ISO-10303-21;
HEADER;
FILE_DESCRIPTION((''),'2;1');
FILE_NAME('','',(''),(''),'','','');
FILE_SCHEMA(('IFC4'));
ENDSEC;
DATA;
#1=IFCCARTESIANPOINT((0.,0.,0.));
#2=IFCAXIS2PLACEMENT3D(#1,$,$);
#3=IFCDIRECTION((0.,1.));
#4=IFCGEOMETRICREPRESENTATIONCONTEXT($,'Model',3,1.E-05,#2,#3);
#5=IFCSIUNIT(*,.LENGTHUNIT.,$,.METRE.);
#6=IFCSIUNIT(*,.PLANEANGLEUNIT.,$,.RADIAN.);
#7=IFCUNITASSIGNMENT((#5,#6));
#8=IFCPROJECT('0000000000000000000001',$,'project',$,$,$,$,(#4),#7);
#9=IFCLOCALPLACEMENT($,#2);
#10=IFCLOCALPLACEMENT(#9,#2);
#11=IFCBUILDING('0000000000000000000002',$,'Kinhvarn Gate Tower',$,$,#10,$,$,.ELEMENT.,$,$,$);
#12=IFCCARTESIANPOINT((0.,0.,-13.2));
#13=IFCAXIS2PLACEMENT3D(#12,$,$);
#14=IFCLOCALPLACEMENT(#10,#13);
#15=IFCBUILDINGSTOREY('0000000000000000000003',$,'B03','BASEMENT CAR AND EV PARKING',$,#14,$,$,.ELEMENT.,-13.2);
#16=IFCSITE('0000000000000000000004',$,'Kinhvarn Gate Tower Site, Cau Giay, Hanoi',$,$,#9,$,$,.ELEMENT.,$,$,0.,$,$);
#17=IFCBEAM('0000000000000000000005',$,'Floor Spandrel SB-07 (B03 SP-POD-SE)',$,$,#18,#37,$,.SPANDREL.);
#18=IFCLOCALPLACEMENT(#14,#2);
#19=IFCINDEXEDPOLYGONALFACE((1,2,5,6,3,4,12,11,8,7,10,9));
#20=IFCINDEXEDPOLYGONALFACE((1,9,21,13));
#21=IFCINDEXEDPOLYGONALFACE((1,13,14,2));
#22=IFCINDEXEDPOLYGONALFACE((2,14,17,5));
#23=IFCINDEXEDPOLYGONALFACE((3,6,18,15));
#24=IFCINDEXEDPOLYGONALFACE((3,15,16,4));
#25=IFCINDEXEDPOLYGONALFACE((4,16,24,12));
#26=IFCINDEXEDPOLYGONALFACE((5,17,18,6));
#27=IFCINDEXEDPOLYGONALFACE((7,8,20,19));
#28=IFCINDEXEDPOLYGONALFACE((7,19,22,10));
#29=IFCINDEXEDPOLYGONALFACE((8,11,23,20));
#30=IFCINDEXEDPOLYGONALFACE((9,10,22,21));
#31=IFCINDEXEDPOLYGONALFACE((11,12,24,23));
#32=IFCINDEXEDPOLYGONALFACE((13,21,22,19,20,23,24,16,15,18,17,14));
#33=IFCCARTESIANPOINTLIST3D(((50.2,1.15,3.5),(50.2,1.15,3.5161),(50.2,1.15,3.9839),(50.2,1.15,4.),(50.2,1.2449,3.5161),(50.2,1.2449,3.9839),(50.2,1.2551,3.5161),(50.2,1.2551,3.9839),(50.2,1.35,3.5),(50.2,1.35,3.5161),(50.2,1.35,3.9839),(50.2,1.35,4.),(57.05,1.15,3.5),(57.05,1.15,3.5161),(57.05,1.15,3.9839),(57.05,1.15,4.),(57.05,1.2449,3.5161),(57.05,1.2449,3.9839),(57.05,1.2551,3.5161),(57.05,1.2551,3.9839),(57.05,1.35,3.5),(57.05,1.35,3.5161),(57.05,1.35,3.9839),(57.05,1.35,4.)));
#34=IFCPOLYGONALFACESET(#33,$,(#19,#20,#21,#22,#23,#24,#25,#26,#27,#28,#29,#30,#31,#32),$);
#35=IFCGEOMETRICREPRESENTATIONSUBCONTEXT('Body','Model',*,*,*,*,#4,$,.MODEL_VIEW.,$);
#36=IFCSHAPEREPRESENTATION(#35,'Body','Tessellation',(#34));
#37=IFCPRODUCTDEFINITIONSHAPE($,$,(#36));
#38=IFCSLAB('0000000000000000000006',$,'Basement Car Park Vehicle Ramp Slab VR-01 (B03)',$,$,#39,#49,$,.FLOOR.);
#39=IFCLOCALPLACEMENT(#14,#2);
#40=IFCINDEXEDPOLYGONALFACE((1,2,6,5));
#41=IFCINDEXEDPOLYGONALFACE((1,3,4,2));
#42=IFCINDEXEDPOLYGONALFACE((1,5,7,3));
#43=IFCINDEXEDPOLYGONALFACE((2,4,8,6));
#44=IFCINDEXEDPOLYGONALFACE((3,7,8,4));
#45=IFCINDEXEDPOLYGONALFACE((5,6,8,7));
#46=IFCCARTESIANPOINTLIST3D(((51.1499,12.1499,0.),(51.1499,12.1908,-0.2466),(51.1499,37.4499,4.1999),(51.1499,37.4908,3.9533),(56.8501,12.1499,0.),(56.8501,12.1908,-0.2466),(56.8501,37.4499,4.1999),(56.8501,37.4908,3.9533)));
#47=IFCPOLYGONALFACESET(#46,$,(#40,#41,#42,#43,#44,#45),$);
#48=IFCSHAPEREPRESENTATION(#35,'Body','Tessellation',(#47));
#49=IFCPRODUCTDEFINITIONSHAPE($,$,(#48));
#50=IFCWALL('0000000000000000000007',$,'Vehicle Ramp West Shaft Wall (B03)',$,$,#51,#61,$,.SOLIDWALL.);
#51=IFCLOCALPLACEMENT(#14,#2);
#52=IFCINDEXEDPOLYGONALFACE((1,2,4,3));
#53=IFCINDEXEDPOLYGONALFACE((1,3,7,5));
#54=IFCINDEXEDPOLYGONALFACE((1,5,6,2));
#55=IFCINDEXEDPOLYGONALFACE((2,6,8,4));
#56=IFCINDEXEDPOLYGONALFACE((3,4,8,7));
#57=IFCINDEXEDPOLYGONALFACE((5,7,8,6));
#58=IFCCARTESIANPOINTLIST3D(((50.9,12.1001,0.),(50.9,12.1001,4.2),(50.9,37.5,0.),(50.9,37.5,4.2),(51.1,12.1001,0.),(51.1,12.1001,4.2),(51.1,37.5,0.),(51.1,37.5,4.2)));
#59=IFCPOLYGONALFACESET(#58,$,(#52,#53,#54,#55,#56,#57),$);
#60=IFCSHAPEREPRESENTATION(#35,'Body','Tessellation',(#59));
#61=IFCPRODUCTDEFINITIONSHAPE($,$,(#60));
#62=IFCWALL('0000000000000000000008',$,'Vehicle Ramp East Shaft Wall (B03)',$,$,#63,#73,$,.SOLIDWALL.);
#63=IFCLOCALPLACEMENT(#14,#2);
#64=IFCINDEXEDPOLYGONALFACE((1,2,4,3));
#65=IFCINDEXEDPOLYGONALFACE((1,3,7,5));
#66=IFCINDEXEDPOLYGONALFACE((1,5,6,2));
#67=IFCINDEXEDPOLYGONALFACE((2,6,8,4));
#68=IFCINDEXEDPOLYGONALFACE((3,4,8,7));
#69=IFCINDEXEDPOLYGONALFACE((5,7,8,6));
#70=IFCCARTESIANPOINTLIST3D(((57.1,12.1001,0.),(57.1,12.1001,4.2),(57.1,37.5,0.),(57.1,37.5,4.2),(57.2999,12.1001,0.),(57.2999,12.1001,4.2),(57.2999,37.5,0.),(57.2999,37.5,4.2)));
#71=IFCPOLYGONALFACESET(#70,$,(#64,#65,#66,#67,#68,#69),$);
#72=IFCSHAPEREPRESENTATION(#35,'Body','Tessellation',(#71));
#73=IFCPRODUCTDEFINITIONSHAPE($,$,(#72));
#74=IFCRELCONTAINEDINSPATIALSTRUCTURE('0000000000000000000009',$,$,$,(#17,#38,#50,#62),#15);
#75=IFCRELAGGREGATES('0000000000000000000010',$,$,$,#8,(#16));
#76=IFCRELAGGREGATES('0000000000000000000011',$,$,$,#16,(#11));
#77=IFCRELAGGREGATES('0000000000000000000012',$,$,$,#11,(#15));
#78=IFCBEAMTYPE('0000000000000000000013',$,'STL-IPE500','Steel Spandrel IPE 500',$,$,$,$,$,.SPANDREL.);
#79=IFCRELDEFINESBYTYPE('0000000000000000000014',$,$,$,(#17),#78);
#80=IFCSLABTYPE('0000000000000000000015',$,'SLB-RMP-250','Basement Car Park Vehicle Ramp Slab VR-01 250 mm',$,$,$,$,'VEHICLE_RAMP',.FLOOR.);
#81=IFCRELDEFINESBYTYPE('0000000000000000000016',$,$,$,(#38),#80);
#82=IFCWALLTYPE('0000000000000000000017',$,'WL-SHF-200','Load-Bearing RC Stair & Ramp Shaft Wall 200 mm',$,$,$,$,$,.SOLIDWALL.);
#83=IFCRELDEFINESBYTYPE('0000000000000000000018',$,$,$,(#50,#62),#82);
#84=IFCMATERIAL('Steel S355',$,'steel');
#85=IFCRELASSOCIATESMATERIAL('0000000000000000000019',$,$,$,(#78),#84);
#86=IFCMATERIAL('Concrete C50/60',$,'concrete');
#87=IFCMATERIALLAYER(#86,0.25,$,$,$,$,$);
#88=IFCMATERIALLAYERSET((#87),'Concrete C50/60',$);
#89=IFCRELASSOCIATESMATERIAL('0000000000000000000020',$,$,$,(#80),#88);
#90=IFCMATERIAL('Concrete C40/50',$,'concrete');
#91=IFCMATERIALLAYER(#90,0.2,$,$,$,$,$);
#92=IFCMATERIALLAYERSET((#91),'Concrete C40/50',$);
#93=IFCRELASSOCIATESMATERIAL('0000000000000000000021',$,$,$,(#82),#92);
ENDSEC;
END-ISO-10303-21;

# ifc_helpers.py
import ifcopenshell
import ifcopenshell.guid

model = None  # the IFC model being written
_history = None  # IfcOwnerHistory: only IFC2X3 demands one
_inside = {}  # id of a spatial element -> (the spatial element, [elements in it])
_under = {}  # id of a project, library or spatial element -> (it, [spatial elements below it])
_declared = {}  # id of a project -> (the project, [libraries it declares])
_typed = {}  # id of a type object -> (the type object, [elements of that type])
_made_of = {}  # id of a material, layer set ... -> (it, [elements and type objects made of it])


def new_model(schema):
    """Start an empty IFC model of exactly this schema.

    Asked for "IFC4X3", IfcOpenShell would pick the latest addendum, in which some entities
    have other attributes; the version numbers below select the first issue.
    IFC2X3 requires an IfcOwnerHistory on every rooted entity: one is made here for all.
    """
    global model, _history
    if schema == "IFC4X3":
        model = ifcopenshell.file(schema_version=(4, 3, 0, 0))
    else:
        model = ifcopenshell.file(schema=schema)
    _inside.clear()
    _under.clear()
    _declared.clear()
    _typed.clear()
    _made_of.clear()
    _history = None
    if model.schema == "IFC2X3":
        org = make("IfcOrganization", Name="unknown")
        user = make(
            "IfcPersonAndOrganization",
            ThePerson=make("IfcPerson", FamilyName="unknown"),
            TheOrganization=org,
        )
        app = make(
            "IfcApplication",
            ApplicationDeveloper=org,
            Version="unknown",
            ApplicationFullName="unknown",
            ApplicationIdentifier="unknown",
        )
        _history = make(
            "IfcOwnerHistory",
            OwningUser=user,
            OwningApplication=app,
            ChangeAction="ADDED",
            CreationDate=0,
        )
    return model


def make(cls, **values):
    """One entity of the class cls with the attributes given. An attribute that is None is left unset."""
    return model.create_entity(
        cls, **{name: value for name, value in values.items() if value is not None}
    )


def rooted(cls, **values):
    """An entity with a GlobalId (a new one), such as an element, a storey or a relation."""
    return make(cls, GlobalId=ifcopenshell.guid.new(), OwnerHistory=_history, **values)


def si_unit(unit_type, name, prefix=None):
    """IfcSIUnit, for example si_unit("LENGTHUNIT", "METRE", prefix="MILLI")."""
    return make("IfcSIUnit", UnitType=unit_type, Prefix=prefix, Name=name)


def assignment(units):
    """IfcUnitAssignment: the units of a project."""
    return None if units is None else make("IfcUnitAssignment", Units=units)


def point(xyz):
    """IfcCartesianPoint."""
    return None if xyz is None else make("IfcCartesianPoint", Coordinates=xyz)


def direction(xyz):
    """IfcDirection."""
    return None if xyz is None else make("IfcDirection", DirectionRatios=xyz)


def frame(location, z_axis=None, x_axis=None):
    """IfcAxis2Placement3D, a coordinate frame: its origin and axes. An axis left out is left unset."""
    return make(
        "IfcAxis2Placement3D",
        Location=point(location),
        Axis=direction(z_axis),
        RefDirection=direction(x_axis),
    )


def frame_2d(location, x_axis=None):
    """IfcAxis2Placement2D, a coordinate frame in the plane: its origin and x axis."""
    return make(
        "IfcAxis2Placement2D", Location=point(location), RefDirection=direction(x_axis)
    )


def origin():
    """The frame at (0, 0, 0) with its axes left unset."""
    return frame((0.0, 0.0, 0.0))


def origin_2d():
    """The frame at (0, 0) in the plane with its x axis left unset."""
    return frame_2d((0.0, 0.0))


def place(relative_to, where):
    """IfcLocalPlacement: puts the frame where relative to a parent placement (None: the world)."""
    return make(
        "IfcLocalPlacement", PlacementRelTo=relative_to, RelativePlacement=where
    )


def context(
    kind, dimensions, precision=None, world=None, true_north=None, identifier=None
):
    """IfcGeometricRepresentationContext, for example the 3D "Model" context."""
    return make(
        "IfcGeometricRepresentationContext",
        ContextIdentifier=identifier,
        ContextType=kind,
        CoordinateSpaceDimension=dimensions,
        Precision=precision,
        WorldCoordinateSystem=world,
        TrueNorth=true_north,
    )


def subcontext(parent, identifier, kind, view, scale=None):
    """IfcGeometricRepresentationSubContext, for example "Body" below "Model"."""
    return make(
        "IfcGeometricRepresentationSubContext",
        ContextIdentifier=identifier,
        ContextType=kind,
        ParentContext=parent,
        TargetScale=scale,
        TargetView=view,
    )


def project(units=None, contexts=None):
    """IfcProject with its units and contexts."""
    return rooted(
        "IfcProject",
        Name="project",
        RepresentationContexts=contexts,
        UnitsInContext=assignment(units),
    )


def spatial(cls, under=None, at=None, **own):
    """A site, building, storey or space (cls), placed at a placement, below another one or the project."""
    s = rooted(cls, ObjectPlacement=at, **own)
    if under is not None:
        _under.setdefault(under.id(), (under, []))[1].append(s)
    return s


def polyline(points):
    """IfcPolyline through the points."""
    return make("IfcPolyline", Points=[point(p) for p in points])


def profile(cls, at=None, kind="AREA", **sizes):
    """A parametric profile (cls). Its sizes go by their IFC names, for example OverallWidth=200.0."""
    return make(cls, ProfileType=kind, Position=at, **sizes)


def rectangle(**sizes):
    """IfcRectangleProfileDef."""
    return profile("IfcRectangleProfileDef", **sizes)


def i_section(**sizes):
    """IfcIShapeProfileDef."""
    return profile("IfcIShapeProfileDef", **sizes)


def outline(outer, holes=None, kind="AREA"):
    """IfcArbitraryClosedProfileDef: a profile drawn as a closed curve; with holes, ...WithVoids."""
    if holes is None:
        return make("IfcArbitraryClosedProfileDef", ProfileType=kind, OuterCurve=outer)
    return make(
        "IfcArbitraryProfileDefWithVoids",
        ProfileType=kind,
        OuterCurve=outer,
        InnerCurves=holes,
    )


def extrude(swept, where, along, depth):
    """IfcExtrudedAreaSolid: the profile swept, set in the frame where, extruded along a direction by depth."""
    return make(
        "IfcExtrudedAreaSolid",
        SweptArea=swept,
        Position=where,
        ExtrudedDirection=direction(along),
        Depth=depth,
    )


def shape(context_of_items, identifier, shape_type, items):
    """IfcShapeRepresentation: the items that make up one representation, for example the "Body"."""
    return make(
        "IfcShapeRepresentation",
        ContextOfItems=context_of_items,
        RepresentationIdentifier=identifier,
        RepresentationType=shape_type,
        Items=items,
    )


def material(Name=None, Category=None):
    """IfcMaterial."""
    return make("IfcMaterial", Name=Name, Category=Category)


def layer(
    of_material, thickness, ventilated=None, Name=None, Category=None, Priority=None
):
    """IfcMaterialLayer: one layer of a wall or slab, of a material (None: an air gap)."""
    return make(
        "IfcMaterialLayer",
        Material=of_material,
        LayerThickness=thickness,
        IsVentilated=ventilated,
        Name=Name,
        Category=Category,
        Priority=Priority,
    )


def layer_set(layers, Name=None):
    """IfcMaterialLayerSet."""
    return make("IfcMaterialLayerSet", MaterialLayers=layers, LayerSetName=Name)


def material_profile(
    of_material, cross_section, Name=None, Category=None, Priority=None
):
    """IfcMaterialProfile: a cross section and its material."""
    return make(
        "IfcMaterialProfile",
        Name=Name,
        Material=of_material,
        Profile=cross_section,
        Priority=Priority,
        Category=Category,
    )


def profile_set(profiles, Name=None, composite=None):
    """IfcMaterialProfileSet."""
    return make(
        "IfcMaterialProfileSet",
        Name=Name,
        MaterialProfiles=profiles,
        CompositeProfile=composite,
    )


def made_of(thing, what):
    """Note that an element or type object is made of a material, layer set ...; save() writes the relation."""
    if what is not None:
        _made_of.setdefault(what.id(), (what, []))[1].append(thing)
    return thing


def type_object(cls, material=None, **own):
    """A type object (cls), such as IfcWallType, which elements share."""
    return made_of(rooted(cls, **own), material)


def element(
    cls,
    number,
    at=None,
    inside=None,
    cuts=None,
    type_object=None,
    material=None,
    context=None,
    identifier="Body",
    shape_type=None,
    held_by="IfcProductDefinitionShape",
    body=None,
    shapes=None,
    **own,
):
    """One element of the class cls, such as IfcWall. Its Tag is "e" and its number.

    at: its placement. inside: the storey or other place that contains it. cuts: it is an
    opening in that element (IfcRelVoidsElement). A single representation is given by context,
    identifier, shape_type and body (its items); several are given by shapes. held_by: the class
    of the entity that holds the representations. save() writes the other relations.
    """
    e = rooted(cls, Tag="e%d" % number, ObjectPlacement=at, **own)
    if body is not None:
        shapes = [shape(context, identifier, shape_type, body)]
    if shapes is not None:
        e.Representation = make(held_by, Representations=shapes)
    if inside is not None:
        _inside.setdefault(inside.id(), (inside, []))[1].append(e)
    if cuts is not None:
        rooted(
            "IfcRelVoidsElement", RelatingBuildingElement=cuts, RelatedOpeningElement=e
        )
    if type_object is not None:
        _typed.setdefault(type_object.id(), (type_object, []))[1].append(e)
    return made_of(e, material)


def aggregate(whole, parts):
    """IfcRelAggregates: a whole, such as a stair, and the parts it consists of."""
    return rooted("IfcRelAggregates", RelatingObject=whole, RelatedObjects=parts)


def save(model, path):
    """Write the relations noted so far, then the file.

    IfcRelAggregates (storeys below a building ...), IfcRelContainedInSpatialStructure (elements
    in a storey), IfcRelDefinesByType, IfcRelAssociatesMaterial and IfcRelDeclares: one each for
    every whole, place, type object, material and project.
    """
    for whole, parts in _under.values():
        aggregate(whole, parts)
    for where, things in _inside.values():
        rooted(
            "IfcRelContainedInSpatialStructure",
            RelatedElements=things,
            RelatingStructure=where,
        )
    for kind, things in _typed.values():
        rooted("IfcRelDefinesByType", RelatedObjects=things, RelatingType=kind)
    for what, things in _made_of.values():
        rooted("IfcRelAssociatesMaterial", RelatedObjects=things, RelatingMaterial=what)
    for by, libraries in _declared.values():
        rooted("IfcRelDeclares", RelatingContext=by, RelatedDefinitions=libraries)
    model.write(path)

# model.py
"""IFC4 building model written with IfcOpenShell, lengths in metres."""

from ifc_helpers import new_model, si_unit, direction, frame, frame_2d, origin, origin_2d, place, context, subcontext, project, spatial, polyline, rectangle, i_section, outline, extrude, material, layer, layer_set, material_profile, profile_set, type_object, element, save


model = new_model("IFC4")

# Units and contexts
model_context = context("Model", 3, precision=1e-05, world=origin(), true_north=direction((0.0, 1.0)))
body_context = subcontext(model_context, "Body", "Model", "MODEL_VIEW")
ifc_project = project(units=[si_unit("LENGTHUNIT", "METRE"), si_unit("PLANEANGLEUNIT", "RADIAN")], contexts=[model_context])

# Site, building, storey
site_placement = place(None, origin())
site = spatial("IfcSite", under=ifc_project, at=site_placement, Name="Kinhvarn Gate Tower Site, Cau Giay, Hanoi", CompositionType="ELEMENT", RefElevation=0.0)
building_placement = place(site_placement, origin())
building = spatial("IfcBuilding", under=site, at=building_placement, Name="Kinhvarn Gate Tower", CompositionType="ELEMENT")
storey_placement = place(building_placement, frame((0.0, 0.0, -13.2)))
storey = spatial("IfcBuildingStorey", under=building, at=storey_placement, Name="B03", Description="BASEMENT CAR AND EV PARKING", CompositionType="ELEMENT", Elevation=-13.2)

# Beam
ifc_material_1 = material(Name="Steel S355", Category="steel")
ifc_material_profile_1 = material_profile(ifc_material_1, i_section(OverallWidth=0.2, OverallDepth=0.5, WebThickness=0.0103, FlangeThickness=0.0161, at=origin_2d()), Name="IPE 500")
ifc_profile_set_1 = profile_set([ifc_material_profile_1], Name="Steel S355")
beam_type_1 = type_object("IfcBeamType", Name="STL-IPE500", Description="Steel Spandrel IPE 500", PredefinedType="SPANDREL", material=ifc_profile_set_1)
beam_1_placement = place(storey_placement, frame((50.2, 1.25, 3.75), z_axis=(1.0, 0.0, 0.0), x_axis=(0.0, 1.0, 0.0)))
element("IfcBeam", 1, at=beam_1_placement, inside=storey, type_object=beam_type_1, Name="Floor Spandrel SB-07 (B03 SP-POD-SE)", PredefinedType="SPANDREL", context=body_context, shape_type="SweptSolid", body=[
    extrude(i_section(OverallWidth=0.2, OverallDepth=0.5, WebThickness=0.0103, FlangeThickness=0.0161, at=origin_2d()), origin(), (0.0, 0.0, 1.0), 6.8501),
])

# Slab
ifc_material_2 = material(Name="Concrete C50/60", Category="concrete")
ifc_layer_1 = layer(ifc_material_2, 0.25)
ifc_layer_set_1 = layer_set([ifc_layer_1], Name="Concrete C50/60")
slab_type = type_object("IfcSlabType", Name="SLB-RMP-250", Description="Basement Car Park Vehicle Ramp Slab VR-01 250 mm", ElementType="VEHICLE_RAMP", PredefinedType="FLOOR", material=ifc_layer_set_1)
slab_placement = place(storey_placement, frame((51.1499, 12.1499, 0.0), z_axis=(0.0, -0.163764, 0.986499), x_axis=(1.0, 0.0, 0.0)))
element("IfcSlab", 2, at=slab_placement, inside=storey, type_object=slab_type, Name="Basement Car Park Vehicle Ramp Slab VR-01 (B03)", PredefinedType="FLOOR", context=body_context, shape_type="SweptSolid", body=[
    extrude(outline(polyline([(0.0, 0.0), (5.7002, 0.0), (5.7002, 25.6462), (0.0, 25.6462), (0.0, 0.0)])), origin(), (0.0, 0.0, -1.0), 0.25),
])

# Walls
ifc_material_3 = material(Name="Concrete C40/50", Category="concrete")
ifc_layer_2 = layer(ifc_material_3, 0.2)
ifc_layer_set_2 = layer_set([ifc_layer_2], Name="Concrete C40/50")
wall_type = type_object("IfcWallType", Name="WL-SHF-200", Description="Load-Bearing RC Stair & Ramp Shaft Wall 200 mm", PredefinedType="SOLIDWALL", material=ifc_layer_set_2)
for number, where, z_axis, x_axis, name in (
    (3, (51.0, 12.1001, 0.0), (0.0, 0.0, 1.0), (0.0, 1.0, 0.0), "Vehicle Ramp West Shaft Wall (B03)"),
    (4, (57.2, 12.1001, 0.0), (0.0, 0.0, 1.0), (0.0, 1.0, 0.0), "Vehicle Ramp East Shaft Wall (B03)"),
):
    element("IfcWall", number, at=place(storey_placement, frame(where, z_axis=z_axis, x_axis=x_axis)), inside=storey, type_object=wall_type, Name=name, PredefinedType="SOLIDWALL", context=body_context, shape_type="SweptSolid", body=[
        extrude(rectangle(XDim=25.3999, YDim=0.2, at=frame_2d((12.7, 0.0))), origin(), (0.0, 0.0, 1.0), 4.2),
    ])

save(model, "model.ifc")
